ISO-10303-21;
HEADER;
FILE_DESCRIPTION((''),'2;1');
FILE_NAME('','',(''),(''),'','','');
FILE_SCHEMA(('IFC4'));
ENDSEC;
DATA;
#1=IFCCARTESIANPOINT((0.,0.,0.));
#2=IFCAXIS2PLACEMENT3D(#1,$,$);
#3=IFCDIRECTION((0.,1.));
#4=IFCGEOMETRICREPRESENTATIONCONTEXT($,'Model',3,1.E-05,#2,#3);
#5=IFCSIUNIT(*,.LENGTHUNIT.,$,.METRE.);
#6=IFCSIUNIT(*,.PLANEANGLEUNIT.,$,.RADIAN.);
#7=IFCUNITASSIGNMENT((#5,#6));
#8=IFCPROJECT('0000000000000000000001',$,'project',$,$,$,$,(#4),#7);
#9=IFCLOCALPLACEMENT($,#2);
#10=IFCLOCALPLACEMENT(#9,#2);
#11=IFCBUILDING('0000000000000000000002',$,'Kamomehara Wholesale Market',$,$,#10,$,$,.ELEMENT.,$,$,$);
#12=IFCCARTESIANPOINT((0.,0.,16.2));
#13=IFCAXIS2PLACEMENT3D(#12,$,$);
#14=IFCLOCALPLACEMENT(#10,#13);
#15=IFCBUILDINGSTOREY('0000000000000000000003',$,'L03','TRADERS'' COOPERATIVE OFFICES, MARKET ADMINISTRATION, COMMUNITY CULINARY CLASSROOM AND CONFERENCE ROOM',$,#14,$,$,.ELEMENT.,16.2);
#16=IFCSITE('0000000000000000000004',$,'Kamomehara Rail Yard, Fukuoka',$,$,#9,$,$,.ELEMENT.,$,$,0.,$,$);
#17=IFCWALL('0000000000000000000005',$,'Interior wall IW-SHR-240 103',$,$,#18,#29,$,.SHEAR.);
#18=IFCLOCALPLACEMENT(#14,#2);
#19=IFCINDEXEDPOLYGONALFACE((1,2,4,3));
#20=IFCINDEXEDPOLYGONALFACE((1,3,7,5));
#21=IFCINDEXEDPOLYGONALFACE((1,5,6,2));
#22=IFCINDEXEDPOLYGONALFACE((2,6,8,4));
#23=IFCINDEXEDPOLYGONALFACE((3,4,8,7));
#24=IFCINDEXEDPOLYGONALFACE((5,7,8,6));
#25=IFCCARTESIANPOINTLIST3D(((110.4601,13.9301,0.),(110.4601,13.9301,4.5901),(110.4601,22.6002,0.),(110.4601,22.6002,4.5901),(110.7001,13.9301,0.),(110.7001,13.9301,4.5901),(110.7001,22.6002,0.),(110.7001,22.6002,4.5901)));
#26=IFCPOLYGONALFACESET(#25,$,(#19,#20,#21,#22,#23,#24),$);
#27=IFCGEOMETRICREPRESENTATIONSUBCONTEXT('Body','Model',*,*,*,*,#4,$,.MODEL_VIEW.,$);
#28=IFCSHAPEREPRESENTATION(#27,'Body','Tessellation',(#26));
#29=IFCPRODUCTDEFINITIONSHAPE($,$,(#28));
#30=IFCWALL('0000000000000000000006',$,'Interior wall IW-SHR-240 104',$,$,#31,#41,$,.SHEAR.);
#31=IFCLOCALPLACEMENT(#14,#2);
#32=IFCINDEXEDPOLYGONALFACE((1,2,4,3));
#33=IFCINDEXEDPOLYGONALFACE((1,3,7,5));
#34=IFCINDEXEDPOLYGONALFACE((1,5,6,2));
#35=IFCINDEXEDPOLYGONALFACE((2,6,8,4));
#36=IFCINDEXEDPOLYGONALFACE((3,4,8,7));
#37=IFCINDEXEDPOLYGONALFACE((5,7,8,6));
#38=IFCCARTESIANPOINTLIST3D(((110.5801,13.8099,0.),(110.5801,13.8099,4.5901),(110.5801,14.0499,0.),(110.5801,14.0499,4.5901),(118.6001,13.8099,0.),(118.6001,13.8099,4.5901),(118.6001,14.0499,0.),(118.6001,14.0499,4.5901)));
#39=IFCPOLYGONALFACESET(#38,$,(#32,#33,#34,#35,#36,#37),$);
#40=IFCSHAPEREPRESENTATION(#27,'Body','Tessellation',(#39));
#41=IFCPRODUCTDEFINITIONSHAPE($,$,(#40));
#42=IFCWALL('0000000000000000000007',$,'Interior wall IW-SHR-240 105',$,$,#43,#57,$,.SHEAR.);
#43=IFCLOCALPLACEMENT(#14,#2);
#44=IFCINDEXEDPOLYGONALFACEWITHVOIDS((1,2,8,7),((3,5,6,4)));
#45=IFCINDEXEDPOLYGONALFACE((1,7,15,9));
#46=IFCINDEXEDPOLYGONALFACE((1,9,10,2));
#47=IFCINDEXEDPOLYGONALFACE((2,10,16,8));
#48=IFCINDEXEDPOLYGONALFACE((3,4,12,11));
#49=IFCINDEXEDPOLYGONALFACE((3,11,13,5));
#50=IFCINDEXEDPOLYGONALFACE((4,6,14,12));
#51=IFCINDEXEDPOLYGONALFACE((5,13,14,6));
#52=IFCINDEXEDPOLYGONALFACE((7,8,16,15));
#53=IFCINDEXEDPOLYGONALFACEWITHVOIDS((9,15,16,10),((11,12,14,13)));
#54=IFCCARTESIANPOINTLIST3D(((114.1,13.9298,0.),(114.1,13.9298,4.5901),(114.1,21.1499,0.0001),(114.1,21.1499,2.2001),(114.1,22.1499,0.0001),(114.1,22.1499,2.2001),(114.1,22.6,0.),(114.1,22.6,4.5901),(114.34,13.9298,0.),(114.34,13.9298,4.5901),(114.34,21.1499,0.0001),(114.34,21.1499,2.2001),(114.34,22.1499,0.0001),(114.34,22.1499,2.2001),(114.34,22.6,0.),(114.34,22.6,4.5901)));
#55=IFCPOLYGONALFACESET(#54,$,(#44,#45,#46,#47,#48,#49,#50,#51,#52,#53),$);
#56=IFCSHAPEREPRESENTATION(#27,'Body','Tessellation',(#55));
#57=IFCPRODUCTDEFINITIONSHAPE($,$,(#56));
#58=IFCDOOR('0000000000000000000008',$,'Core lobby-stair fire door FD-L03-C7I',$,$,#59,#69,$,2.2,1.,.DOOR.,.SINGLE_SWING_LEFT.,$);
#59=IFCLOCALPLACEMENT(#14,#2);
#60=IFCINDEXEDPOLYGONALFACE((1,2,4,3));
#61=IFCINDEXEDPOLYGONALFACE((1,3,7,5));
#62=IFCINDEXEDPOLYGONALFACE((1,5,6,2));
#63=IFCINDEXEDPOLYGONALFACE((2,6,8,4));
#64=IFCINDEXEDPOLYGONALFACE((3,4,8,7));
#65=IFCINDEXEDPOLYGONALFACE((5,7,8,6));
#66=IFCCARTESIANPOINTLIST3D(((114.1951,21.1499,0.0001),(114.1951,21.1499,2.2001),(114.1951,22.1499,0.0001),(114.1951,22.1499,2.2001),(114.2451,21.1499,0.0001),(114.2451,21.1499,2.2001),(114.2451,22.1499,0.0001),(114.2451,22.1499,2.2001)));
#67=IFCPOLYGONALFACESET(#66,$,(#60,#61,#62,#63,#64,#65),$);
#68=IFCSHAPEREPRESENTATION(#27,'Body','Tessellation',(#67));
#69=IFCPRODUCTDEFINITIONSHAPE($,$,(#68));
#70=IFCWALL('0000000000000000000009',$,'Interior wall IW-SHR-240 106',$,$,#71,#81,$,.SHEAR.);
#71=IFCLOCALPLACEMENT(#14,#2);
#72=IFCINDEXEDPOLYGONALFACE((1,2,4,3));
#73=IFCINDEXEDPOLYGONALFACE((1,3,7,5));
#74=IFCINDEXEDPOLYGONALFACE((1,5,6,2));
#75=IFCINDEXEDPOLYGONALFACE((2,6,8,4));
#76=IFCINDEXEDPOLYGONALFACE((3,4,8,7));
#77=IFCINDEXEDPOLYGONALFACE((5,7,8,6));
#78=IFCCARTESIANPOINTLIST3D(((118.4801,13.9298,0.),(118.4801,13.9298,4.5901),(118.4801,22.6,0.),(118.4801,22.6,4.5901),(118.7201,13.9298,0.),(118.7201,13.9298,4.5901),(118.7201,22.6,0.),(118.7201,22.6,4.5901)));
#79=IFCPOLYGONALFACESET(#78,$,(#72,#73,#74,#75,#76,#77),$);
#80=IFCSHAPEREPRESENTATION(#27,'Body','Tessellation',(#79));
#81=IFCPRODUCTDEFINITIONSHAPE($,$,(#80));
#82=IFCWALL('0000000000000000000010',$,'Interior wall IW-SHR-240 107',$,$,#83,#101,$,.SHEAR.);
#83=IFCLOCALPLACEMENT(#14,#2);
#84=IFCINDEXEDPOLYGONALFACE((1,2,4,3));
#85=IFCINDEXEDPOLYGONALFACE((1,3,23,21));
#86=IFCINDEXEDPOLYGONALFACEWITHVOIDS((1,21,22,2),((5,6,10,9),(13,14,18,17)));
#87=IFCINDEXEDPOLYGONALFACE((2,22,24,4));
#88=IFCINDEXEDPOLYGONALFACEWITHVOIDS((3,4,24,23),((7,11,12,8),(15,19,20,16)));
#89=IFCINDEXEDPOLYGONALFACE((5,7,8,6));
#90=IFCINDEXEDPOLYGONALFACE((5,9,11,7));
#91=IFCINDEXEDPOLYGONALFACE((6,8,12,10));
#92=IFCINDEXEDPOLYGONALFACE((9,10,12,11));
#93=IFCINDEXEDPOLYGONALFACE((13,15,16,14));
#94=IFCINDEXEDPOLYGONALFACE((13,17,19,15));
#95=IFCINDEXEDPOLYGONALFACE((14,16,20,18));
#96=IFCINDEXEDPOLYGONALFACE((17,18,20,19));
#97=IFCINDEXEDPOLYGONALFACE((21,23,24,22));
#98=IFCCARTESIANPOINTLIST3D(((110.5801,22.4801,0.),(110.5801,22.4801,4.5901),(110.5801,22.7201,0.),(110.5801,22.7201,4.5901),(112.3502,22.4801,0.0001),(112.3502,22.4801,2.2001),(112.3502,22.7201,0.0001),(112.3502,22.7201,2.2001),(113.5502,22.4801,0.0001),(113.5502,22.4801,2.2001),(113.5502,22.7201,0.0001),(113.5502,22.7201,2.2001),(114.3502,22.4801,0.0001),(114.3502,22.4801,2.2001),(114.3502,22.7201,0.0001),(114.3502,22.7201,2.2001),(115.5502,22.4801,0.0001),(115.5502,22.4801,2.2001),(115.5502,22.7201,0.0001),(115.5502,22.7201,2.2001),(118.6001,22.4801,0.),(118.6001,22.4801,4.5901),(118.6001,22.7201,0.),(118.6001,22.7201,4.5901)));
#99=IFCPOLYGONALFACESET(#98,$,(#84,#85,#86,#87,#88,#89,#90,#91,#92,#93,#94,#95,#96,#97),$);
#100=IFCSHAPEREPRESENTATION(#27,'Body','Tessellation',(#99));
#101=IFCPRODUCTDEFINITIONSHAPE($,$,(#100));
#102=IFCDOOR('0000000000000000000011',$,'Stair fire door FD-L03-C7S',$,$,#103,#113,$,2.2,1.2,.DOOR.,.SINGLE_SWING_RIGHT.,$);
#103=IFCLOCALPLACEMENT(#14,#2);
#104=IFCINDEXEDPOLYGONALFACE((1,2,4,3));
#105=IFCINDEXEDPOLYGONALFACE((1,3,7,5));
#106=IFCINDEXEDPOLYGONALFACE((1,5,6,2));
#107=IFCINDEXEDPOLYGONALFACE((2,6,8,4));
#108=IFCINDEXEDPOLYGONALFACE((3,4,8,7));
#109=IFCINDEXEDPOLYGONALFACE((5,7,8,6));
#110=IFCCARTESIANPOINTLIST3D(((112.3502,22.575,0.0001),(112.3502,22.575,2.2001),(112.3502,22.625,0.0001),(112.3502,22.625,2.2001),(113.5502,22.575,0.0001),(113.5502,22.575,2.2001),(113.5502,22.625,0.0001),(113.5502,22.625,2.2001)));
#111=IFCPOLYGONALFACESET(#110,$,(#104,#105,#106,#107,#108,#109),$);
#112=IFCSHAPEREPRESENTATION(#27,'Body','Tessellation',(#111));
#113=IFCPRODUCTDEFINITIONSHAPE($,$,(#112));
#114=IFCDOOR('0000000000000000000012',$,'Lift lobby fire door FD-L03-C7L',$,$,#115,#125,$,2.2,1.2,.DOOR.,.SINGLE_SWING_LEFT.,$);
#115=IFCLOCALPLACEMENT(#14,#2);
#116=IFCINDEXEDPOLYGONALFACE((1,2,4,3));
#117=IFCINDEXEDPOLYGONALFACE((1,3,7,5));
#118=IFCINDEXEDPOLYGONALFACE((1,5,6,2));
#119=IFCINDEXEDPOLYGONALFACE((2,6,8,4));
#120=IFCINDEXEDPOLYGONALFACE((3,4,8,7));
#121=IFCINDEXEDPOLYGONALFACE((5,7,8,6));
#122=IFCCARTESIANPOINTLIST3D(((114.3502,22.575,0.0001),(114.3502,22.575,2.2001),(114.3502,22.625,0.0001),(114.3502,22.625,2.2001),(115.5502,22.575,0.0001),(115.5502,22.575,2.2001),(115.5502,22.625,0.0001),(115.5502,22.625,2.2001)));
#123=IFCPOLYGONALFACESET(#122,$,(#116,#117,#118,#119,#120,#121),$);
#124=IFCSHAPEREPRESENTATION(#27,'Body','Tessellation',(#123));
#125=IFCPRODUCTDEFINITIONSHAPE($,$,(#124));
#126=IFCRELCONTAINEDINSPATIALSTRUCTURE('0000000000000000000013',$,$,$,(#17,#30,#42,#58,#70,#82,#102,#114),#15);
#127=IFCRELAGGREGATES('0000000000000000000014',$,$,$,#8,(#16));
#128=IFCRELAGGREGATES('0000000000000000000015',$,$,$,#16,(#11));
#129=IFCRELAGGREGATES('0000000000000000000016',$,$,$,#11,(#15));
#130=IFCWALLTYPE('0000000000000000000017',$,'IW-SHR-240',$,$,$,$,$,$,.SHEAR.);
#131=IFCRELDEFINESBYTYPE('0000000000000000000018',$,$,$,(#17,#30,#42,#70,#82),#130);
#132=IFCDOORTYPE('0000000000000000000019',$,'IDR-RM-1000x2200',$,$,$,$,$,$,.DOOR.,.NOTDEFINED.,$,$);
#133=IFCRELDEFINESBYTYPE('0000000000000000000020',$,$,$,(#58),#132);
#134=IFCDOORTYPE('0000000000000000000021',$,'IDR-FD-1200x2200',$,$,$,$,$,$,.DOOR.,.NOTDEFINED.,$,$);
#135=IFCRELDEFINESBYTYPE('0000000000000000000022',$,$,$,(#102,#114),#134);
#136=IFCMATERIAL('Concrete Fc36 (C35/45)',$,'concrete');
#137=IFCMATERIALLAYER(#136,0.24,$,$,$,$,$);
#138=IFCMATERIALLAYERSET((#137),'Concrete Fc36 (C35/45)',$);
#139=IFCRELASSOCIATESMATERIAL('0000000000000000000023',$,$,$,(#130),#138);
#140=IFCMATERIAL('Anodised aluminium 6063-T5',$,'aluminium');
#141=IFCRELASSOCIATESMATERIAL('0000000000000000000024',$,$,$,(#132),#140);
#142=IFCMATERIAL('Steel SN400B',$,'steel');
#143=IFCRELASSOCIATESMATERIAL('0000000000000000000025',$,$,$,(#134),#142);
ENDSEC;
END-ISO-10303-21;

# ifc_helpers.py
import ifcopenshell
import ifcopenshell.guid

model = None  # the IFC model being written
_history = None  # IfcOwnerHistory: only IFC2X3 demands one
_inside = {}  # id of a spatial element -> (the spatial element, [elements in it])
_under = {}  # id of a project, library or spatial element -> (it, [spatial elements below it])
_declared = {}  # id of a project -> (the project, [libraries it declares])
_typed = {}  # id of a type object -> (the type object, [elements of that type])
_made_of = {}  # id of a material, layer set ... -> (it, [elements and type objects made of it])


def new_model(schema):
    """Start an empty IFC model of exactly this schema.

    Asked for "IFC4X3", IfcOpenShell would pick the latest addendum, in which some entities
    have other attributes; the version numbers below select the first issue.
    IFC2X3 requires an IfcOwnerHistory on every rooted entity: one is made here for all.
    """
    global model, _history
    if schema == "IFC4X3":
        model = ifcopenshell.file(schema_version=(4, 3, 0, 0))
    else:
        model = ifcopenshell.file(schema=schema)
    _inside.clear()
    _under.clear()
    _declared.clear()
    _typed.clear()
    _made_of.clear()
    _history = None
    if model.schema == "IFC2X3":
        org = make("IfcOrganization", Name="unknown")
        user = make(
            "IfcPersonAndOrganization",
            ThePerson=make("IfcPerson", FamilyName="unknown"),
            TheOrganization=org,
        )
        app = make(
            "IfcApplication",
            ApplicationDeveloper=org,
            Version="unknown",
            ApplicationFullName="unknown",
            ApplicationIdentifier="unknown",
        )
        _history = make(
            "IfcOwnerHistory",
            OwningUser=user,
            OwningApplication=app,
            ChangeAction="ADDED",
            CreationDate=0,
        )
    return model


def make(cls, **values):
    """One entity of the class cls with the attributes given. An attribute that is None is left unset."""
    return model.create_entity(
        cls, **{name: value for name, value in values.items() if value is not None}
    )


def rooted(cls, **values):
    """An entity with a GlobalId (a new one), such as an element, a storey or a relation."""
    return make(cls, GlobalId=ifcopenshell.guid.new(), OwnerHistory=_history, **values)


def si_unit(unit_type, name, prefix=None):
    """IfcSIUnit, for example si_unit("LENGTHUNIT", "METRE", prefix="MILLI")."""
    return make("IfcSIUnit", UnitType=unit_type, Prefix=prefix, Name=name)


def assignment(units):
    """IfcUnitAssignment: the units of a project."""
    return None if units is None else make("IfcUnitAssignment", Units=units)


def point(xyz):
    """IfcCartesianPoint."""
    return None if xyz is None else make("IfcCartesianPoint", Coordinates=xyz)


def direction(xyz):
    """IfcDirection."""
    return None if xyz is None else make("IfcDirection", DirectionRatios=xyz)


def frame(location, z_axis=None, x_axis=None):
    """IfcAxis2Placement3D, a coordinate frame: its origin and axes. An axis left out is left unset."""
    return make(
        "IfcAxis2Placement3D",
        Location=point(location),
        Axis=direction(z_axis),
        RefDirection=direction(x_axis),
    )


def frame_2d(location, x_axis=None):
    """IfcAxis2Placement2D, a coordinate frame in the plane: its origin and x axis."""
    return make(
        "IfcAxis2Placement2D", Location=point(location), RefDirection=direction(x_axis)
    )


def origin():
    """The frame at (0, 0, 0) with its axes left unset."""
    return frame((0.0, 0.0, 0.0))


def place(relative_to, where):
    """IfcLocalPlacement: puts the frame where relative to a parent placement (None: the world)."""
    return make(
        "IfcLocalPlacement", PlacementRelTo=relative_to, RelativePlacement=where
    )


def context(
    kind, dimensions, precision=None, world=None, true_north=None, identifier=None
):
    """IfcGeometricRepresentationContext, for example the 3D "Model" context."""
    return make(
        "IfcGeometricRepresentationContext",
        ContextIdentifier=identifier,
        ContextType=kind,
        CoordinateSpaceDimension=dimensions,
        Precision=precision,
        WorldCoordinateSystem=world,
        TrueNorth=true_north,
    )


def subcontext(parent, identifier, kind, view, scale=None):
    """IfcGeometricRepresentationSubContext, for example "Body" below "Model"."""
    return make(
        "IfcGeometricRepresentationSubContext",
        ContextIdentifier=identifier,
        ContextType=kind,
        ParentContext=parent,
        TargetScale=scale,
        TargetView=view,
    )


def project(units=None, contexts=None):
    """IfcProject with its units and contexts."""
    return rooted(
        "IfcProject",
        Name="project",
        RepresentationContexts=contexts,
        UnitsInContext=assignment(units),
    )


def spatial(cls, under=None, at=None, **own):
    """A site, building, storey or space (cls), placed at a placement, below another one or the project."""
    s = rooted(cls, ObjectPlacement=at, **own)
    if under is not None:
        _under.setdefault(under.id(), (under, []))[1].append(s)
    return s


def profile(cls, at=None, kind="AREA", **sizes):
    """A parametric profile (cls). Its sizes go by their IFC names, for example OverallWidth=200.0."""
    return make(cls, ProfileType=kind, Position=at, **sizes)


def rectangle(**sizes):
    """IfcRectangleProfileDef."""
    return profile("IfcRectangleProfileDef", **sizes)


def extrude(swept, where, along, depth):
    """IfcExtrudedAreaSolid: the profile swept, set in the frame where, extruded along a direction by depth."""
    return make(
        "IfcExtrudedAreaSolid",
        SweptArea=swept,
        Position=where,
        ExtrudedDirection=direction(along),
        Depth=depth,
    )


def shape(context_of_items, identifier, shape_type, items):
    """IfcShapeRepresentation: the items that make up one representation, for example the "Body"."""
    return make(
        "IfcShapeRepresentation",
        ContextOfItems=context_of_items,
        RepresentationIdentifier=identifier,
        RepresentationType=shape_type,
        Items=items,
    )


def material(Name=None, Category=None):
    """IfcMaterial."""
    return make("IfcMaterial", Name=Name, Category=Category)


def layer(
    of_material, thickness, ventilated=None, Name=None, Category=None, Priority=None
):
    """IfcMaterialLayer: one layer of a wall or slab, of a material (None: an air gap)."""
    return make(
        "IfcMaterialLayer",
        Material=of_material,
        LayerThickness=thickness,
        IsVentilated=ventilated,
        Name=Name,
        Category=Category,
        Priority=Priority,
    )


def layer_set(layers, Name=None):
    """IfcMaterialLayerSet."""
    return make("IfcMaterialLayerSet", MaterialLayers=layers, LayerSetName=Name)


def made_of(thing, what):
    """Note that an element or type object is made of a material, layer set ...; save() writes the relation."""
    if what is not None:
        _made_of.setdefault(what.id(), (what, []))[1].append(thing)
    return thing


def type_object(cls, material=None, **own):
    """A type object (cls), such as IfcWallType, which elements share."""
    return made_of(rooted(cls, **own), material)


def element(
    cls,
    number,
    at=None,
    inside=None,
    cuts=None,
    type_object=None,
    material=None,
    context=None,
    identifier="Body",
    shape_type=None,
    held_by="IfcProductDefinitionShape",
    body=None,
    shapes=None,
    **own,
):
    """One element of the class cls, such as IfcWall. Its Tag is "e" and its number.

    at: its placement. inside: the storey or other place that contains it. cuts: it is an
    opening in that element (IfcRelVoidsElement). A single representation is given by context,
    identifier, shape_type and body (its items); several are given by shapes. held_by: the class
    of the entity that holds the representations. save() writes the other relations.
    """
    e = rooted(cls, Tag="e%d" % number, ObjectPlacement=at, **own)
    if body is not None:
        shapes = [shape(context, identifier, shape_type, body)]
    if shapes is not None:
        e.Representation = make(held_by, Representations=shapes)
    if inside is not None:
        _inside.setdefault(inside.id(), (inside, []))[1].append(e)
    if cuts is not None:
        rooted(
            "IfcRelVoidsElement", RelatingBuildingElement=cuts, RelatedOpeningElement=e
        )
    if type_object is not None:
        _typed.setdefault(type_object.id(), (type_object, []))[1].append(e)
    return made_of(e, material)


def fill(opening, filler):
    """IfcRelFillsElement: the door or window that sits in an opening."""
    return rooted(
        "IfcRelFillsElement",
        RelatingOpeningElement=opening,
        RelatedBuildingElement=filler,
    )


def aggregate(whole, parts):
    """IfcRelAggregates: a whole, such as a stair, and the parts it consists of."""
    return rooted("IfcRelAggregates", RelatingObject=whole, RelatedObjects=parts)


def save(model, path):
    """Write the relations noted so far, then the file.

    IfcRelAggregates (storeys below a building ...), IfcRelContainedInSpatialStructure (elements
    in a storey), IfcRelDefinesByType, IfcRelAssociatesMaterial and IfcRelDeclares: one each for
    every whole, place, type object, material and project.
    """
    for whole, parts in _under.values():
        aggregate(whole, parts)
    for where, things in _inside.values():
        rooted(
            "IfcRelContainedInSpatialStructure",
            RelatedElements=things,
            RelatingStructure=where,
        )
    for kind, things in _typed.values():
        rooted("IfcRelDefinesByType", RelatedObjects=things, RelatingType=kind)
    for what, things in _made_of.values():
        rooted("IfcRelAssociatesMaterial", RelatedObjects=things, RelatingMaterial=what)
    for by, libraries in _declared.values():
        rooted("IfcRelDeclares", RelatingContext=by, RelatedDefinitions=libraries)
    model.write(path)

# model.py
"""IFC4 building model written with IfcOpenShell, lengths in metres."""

from ifc_helpers import new_model, si_unit, direction, frame, frame_2d, origin, place, context, subcontext, project, spatial, rectangle, extrude, material, layer, layer_set, type_object, element, fill, save


model = new_model("IFC4")

# Units and contexts
model_context = context("Model", 3, precision=1e-05, world=origin(), true_north=direction((0.0, 1.0)))
body_context = subcontext(model_context, "Body", "Model", "MODEL_VIEW")
ifc_project = project(units=[si_unit("LENGTHUNIT", "METRE"), si_unit("PLANEANGLEUNIT", "RADIAN")], contexts=[model_context])

# Site, building, storey
site_placement = place(None, origin())
site = spatial("IfcSite", under=ifc_project, at=site_placement, Name="Kamomehara Rail Yard, Fukuoka", CompositionType="ELEMENT", RefElevation=0.0)
building_placement = place(site_placement, origin())
building = spatial("IfcBuilding", under=site, at=building_placement, Name="Kamomehara Wholesale Market", CompositionType="ELEMENT")
storey_placement = place(building_placement, frame((0.0, 0.0, 16.2)))
storey = spatial("IfcBuildingStorey", under=building, at=storey_placement, Name="L03", Description="TRADERS' COOPERATIVE OFFICES, MARKET ADMINISTRATION, COMMUNITY CULINARY CLASSROOM AND CONFERENCE ROOM", CompositionType="ELEMENT", Elevation=16.2)

# Walls
ifc_material_1 = material(Name="Concrete Fc36 (C35/45)", Category="concrete")
ifc_layer_1 = layer(ifc_material_1, 0.24)
ifc_layer_set_1 = layer_set([ifc_layer_1], Name="Concrete Fc36 (C35/45)")
wall_type_1 = type_object("IfcWallType", Name="IW-SHR-240", PredefinedType="SHEAR", material=ifc_layer_set_1)
wall_1_placement = place(storey_placement, frame((110.5801, 22.6001, 0.0), z_axis=(0.0, 0.0, 1.0), x_axis=(0.0, -1.0, 0.0)))
element("IfcWall", 1, at=wall_1_placement, inside=storey, type_object=wall_type_1, Name="Interior wall IW-SHR-240 103", PredefinedType="SHEAR", context=body_context, shape_type="SweptSolid", body=[
    extrude(rectangle(XDim=8.6702, YDim=0.24, at=frame_2d((4.335, 0.0))), origin(), (0.0, 0.0, 1.0), 4.5901),
])
wall_2_placement = place(storey_placement, frame((110.5801, 13.9299, 0.0), z_axis=(0.0, 0.0, 1.0), x_axis=(1.0, 0.0, 0.0)))
element("IfcWall", 2, at=wall_2_placement, inside=storey, type_object=wall_type_1, Name="Interior wall IW-SHR-240 104", PredefinedType="SHEAR", context=body_context, shape_type="SweptSolid", body=[
    extrude(rectangle(XDim=8.02, YDim=0.24, at=frame_2d((4.01, 0.0))), origin(), (0.0, 0.0, 1.0), 4.5901),
])

# Wall, opening, door
wall_3_placement = place(storey_placement, frame((114.22, 13.9299, 0.0), z_axis=(0.0, 0.0, 1.0), x_axis=(0.0, 1.0, 0.0)))
wall_3 = element("IfcWall", 3, at=wall_3_placement, inside=storey, type_object=wall_type_1, Name="Interior wall IW-SHR-240 105", PredefinedType="SHEAR", context=body_context, shape_type="SweptSolid", body=[
    extrude(rectangle(XDim=8.6702, YDim=0.24, at=frame_2d((4.335, 0.0))), origin(), (0.0, 0.0, 1.0), 4.5901),
])
opening_1_placement = place(wall_3_placement, frame((7.22, 0.0, 0.0)))
opening_1 = element("IfcOpeningElement", 4, at=opening_1_placement, cuts=wall_3, PredefinedType="OPENING", context=body_context, shape_type="SweptSolid", body=[
    extrude(rectangle(XDim=1.0, YDim=2.2, at=frame_2d((0.5, 1.1001))), frame((0.0, 0.1348, 0.0), z_axis=(0.0, -1.0, 0.0), x_axis=(1.0, 0.0, 0.0)), (0.0, 0.0, 1.0), 0.2698),
])
ifc_material_2 = material(Name="Anodised aluminium 6063-T5", Category="aluminium")
door_type_1 = type_object("IfcDoorType", Name="IDR-RM-1000x2200", OperationType="NOTDEFINED", PredefinedType="DOOR", material=ifc_material_2)
door_1_placement = place(opening_1_placement, origin())
door_1 = element("IfcDoor", 5, at=door_1_placement, inside=storey, type_object=door_type_1, Name="Core lobby-stair fire door FD-L03-C7I", OperationType="SINGLE_SWING_LEFT", OverallHeight=2.2, OverallWidth=1.0, PredefinedType="DOOR", context=body_context, shape_type="SweptSolid", body=[
    extrude(rectangle(XDim=1.0, YDim=2.2, at=frame_2d((0.5, 1.1001))), frame((0.0, 0.0249, 0.0), z_axis=(0.0, -1.0, 0.0), x_axis=(1.0, 0.0, 0.0)), (0.0, 0.0, 1.0), 0.05),
])
fill(opening_1, door_1)

# Wall
wall_4_placement = place(storey_placement, frame((118.6001, 13.9299, 0.0), z_axis=(0.0, 0.0, 1.0), x_axis=(0.0, 1.0, 0.0)))
element("IfcWall", 6, at=wall_4_placement, inside=storey, type_object=wall_type_1, Name="Interior wall IW-SHR-240 106", PredefinedType="SHEAR", context=body_context, shape_type="SweptSolid", body=[
    extrude(rectangle(XDim=8.6702, YDim=0.24, at=frame_2d((4.335, 0.0))), origin(), (0.0, 0.0, 1.0), 4.5901),
])

# Wall, openings, doors
wall_5_placement = place(storey_placement, frame((110.5801, 22.6001, 0.0), z_axis=(0.0, 0.0, 1.0), x_axis=(1.0, 0.0, 0.0)))
wall_5 = element("IfcWall", 7, at=wall_5_placement, inside=storey, type_object=wall_type_1, Name="Interior wall IW-SHR-240 107", PredefinedType="SHEAR", context=body_context, shape_type="SweptSolid", body=[
    extrude(rectangle(XDim=8.02, YDim=0.24, at=frame_2d((4.01, 0.0))), origin(), (0.0, 0.0, 1.0), 4.5901),
])
opening_2_placement = place(wall_5_placement, frame((1.77, 0.0, 0.0)))
opening_2 = element("IfcOpeningElement", 8, at=opening_2_placement, cuts=wall_5, PredefinedType="OPENING", context=body_context, shape_type="SweptSolid", body=[
    extrude(rectangle(XDim=1.2, YDim=2.2, at=frame_2d((0.6001, 1.1001))), frame((0.0, 0.1348, 0.0), z_axis=(0.0, -1.0, 0.0), x_axis=(1.0, 0.0, 0.0)), (0.0, 0.0, 1.0), 0.2698),
])
opening_3_placement = place(wall_5_placement, frame((3.77, 0.0, 0.0)))
opening_3 = element("IfcOpeningElement", 9, at=opening_3_placement, cuts=wall_5, PredefinedType="OPENING", context=body_context, shape_type="SweptSolid", body=[
    extrude(rectangle(XDim=1.2, YDim=2.2, at=frame_2d((0.6001, 1.1001))), frame((0.0, 0.1348, 0.0), z_axis=(0.0, -1.0, 0.0), x_axis=(1.0, 0.0, 0.0)), (0.0, 0.0, 1.0), 0.2698),
])
ifc_material_3 = material(Name="Steel SN400B", Category="steel")
door_type_2 = type_object("IfcDoorType", Name="IDR-FD-1200x2200", OperationType="NOTDEFINED", PredefinedType="DOOR", material=ifc_material_3)
door_2_placement = place(opening_2_placement, origin())
door_2 = element("IfcDoor", 10, at=door_2_placement, inside=storey, type_object=door_type_2, Name="Stair fire door FD-L03-C7S", OperationType="SINGLE_SWING_RIGHT", OverallHeight=2.2, OverallWidth=1.2, PredefinedType="DOOR", context=body_context, shape_type="SweptSolid", body=[
    extrude(rectangle(XDim=1.2, YDim=2.2, at=frame_2d((0.6001, 1.1001))), frame((0.0, 0.0249, 0.0), z_axis=(0.0, -1.0, 0.0), x_axis=(1.0, 0.0, 0.0)), (0.0, 0.0, 1.0), 0.05),
])
fill(opening_2, door_2)
door_3_placement = place(opening_3_placement, origin())
door_3 = element("IfcDoor", 11, at=door_3_placement, inside=storey, type_object=door_type_2, Name="Lift lobby fire door FD-L03-C7L", OperationType="SINGLE_SWING_LEFT", OverallHeight=2.2, OverallWidth=1.2, PredefinedType="DOOR", context=body_context, shape_type="SweptSolid", body=[
    extrude(rectangle(XDim=1.2, YDim=2.2, at=frame_2d((0.6001, 1.1001))), frame((0.0, 0.0249, 0.0), z_axis=(0.0, -1.0, 0.0), x_axis=(1.0, 0.0, 0.0)), (0.0, 0.0, 1.0), 0.05),
])
fill(opening_3, door_3)

save(model, "model.ifc")
